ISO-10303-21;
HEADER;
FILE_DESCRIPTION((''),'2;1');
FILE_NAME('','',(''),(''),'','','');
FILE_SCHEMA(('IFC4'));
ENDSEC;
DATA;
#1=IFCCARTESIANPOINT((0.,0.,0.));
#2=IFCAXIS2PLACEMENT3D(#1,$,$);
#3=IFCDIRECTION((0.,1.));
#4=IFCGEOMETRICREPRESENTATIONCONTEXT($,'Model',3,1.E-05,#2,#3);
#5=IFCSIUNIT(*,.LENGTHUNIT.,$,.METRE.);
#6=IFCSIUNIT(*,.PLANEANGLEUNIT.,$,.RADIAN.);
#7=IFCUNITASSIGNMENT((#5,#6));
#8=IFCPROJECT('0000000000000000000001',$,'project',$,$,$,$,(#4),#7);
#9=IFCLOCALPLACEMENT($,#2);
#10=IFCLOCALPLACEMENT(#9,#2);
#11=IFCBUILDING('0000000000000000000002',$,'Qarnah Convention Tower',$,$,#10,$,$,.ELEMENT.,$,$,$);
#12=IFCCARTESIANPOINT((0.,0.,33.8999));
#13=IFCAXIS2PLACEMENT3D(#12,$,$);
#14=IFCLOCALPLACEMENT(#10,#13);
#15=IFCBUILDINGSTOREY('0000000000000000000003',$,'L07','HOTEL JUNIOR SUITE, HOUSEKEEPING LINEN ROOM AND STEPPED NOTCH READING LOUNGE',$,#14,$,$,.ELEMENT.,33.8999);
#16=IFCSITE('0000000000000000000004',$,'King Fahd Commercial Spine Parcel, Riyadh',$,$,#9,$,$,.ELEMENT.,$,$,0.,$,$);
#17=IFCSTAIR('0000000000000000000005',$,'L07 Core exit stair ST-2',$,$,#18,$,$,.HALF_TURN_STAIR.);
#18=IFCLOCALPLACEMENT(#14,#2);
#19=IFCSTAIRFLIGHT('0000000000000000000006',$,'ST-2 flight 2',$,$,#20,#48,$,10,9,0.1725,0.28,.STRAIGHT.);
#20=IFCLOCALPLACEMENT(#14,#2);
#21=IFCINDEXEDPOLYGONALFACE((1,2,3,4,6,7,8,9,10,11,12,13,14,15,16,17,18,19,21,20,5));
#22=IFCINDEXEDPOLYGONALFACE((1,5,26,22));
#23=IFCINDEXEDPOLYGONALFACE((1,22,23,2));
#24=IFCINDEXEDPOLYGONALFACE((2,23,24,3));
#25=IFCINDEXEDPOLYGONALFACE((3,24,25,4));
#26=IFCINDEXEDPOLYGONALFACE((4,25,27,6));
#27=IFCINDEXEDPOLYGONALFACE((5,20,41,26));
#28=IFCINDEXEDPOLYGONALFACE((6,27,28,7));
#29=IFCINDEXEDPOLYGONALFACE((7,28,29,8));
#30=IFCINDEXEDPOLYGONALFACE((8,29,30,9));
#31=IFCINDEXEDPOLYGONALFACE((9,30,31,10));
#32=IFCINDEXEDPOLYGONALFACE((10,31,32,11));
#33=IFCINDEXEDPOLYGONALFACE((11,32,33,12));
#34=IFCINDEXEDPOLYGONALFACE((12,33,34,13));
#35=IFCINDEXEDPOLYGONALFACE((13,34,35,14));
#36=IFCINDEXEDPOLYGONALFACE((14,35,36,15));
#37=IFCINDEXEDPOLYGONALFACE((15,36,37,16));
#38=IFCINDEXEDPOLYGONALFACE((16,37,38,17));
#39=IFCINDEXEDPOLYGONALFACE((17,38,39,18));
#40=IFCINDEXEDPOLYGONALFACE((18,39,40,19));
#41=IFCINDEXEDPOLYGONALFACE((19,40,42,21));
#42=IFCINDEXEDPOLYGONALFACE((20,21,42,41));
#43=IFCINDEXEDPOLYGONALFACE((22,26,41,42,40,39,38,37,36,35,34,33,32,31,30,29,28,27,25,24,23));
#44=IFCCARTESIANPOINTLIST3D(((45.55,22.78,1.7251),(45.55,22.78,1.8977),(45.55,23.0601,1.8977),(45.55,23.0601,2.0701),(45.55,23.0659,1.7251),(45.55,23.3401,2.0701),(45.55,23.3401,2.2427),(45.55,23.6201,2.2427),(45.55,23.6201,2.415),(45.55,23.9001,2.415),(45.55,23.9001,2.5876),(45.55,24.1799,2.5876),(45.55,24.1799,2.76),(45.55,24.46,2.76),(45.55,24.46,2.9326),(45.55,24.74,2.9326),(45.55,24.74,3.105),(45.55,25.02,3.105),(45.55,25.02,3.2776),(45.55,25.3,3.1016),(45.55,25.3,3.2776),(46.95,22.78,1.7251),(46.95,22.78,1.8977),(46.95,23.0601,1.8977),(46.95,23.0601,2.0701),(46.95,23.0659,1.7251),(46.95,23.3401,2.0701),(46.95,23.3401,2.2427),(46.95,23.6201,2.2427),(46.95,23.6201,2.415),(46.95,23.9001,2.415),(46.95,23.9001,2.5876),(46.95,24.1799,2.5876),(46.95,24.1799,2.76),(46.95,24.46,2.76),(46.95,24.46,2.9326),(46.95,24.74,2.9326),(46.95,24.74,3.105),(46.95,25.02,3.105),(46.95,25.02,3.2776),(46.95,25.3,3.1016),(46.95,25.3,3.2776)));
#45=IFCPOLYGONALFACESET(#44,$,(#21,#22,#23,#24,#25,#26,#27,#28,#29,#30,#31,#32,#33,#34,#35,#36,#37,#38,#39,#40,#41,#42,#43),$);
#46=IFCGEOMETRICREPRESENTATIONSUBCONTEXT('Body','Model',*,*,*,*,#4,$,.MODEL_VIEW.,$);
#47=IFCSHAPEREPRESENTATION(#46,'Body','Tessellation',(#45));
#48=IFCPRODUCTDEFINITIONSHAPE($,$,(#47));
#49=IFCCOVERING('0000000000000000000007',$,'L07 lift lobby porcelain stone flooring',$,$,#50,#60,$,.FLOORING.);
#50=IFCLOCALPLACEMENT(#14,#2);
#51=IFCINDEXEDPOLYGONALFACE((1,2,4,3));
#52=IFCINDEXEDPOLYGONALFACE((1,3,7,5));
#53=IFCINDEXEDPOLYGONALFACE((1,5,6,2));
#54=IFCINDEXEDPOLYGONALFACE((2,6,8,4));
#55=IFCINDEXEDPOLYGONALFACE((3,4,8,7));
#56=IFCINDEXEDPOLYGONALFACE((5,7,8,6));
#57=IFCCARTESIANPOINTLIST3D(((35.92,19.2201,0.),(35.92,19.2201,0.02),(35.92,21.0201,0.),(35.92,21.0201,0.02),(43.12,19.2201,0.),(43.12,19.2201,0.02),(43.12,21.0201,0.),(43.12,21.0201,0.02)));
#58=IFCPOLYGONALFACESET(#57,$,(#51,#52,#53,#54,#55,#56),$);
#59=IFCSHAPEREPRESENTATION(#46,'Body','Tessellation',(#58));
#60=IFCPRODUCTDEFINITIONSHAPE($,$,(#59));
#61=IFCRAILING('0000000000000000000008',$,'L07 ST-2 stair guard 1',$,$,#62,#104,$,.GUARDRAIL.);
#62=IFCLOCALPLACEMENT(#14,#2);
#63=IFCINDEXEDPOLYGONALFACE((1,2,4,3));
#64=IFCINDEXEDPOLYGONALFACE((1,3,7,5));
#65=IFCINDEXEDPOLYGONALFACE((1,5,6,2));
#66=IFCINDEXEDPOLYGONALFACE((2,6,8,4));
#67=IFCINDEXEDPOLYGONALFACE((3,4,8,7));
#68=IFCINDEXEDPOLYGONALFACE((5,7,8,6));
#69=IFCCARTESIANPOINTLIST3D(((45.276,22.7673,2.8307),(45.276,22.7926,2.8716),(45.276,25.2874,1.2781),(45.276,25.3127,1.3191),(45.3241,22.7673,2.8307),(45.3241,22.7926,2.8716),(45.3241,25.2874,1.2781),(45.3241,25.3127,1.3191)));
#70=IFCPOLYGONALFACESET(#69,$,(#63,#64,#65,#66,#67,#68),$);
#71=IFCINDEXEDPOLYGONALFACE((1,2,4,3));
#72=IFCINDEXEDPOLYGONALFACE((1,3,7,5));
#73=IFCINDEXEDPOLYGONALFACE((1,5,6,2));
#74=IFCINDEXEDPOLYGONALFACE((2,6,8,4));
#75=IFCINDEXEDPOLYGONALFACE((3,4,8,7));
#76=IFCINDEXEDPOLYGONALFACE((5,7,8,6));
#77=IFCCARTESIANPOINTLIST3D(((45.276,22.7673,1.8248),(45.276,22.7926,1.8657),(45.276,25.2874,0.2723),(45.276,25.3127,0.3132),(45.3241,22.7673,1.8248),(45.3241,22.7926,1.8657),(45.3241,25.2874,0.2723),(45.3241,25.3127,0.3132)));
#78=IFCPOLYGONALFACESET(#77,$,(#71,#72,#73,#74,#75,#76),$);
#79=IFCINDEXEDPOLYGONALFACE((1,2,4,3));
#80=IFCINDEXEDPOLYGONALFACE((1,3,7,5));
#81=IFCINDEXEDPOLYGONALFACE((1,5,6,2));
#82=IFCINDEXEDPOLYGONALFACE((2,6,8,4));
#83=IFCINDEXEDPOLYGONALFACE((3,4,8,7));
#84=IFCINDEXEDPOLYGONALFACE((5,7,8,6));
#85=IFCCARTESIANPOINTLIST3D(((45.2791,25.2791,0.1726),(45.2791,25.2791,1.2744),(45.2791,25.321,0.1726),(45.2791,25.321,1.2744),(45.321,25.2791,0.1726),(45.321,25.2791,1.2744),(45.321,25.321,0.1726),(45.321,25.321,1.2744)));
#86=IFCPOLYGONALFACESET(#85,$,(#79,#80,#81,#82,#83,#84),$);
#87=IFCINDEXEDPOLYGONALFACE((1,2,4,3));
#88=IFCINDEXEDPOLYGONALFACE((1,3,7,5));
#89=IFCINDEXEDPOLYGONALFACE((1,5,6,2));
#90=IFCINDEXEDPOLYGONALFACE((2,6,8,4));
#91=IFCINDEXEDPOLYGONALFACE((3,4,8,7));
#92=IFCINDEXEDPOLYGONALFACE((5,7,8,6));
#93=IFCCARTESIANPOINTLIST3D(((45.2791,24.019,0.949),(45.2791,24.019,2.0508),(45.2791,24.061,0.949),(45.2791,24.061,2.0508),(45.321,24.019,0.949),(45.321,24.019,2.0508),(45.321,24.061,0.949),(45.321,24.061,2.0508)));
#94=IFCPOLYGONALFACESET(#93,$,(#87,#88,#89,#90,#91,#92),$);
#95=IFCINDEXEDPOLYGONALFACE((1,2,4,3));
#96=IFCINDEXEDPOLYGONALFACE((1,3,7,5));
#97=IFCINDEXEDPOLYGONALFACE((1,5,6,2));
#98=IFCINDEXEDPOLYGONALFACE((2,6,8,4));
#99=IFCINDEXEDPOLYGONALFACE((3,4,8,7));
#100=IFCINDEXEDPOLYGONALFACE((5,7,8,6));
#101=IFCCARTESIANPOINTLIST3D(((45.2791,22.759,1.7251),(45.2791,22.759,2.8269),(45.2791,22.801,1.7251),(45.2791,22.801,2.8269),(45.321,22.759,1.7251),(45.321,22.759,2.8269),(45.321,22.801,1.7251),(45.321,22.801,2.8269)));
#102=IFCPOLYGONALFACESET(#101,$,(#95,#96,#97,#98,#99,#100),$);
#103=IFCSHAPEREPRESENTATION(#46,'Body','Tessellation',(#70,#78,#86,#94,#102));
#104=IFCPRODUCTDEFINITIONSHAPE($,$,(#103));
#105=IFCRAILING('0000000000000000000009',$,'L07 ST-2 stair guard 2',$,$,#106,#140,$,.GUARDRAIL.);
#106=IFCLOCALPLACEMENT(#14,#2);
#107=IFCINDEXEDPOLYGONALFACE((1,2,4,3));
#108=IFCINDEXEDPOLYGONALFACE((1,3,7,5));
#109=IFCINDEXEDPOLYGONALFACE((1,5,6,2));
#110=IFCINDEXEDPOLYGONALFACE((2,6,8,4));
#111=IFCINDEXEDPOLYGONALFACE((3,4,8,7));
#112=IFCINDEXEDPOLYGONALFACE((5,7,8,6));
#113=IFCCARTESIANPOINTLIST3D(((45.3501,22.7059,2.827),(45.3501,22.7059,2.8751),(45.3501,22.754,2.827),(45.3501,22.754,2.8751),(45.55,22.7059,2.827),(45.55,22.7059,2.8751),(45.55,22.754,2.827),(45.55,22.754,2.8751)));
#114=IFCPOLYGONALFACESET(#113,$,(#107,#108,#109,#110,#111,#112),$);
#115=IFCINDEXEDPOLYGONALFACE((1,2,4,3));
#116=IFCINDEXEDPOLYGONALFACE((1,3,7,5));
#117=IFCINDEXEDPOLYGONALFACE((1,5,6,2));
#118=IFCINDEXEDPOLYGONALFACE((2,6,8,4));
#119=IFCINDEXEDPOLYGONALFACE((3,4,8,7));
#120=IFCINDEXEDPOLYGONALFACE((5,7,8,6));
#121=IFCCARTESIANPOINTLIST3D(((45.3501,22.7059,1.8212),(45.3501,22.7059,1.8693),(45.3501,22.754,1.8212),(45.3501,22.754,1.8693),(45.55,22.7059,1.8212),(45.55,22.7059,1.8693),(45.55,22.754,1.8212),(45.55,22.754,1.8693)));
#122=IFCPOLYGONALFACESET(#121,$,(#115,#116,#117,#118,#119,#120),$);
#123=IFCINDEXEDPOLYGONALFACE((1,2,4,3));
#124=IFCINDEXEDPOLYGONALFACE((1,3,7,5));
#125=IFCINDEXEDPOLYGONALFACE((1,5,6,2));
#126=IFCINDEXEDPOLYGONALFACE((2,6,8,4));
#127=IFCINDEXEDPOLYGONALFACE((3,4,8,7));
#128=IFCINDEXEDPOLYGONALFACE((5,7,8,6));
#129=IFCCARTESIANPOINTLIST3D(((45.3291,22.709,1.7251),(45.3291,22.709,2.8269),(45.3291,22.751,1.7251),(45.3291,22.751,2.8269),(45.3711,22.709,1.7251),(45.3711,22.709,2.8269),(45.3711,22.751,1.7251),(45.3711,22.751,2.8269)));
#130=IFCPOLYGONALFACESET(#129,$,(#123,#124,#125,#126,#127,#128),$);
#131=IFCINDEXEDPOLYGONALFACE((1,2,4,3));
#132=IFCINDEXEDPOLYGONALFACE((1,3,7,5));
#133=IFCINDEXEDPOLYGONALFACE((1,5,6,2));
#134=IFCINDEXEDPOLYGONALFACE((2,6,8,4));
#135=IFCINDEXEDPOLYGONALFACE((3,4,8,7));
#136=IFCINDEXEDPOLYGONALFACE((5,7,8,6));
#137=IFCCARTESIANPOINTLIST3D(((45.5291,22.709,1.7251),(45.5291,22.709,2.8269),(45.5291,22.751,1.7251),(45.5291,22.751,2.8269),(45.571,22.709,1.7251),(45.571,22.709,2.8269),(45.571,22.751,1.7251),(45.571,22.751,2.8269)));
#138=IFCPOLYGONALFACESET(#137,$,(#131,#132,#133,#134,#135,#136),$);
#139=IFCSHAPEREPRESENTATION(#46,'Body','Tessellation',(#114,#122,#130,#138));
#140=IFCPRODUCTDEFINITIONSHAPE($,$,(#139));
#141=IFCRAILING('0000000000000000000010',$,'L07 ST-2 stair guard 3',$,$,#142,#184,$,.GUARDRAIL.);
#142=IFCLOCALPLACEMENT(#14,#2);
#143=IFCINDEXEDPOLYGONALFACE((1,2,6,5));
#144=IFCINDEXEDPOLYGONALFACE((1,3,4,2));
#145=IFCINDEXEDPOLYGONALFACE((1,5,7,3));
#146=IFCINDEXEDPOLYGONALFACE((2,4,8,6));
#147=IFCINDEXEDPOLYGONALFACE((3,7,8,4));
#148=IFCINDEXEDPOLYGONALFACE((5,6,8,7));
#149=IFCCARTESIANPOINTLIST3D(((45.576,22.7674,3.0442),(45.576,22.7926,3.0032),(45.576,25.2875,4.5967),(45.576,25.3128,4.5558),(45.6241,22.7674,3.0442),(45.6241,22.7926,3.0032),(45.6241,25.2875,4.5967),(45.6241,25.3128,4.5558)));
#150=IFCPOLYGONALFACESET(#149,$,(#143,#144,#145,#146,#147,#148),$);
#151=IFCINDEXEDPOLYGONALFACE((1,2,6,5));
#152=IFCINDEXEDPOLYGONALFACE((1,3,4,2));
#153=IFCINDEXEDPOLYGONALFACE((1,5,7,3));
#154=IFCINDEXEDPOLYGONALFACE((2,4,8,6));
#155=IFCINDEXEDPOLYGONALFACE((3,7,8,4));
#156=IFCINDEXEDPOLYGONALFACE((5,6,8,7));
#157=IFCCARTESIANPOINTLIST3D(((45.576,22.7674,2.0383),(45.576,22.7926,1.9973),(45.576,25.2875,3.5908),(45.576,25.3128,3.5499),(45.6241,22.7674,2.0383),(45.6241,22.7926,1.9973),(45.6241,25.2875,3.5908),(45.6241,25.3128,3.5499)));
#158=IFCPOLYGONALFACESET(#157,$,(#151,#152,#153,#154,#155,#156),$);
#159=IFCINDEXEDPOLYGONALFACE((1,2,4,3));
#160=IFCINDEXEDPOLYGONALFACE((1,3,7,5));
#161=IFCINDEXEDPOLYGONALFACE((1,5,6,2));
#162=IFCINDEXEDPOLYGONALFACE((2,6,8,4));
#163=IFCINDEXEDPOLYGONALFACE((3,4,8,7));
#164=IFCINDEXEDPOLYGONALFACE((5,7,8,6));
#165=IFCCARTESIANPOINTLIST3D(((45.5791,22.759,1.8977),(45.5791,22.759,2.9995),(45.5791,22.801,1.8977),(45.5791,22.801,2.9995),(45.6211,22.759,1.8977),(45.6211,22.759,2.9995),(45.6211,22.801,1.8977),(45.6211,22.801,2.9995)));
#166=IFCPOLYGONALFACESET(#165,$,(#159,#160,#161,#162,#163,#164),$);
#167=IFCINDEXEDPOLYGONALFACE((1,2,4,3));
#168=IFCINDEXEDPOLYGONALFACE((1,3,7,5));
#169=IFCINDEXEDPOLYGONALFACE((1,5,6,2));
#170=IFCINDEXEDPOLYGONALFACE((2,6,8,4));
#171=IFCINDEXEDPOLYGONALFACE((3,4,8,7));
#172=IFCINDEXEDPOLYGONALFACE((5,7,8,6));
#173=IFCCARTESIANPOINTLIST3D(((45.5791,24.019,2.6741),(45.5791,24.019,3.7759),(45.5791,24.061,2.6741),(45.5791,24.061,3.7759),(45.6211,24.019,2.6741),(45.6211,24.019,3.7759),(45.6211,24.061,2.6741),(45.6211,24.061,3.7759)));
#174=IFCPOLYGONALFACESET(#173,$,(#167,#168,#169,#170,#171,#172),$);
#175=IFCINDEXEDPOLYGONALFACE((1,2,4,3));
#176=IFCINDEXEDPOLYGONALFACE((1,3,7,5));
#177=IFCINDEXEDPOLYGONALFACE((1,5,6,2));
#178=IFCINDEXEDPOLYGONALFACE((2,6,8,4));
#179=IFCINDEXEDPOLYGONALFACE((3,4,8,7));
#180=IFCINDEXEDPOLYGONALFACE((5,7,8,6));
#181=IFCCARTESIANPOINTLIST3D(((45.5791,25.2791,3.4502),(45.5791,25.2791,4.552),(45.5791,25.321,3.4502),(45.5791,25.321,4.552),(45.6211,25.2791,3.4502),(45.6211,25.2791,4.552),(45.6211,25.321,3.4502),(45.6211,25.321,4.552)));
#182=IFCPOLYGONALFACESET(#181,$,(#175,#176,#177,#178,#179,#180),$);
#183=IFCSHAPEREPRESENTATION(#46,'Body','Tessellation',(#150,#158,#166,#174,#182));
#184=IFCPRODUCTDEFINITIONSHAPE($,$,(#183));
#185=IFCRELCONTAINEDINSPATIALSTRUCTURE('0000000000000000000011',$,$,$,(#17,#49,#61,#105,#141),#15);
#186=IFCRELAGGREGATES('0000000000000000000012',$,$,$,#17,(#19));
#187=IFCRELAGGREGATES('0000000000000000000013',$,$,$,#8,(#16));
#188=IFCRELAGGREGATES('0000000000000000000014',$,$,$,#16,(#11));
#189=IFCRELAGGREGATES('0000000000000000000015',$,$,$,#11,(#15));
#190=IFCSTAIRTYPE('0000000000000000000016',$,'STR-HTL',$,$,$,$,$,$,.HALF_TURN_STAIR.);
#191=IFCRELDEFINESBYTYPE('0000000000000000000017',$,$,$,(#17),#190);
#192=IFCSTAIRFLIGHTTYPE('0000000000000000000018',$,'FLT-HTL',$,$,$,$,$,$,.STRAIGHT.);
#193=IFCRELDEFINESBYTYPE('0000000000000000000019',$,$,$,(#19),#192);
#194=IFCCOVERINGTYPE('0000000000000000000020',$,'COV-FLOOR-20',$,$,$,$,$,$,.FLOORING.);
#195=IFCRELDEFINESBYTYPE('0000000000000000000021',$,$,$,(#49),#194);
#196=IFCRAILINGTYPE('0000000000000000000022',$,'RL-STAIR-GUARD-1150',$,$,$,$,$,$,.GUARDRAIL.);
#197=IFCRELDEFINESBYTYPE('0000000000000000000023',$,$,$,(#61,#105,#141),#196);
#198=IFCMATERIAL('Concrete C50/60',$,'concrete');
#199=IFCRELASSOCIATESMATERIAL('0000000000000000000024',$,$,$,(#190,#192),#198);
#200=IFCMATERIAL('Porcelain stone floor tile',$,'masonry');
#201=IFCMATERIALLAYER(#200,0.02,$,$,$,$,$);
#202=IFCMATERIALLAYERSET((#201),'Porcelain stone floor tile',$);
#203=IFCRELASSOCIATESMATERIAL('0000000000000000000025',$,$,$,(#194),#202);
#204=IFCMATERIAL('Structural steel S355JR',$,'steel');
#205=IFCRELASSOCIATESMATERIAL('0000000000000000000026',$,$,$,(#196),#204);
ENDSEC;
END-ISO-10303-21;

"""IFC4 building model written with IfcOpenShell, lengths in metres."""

from ifc_helpers import new_model, si_unit, direction, frame, origin, origin_2d, place, context, subcontext, project, spatial, polyline, rectangle, outline, extrude, material, layer, layer_set, type_object, element, aggregate, save


model = new_model("IFC4")

# Units and contexts
model_context = context("Model", 3, precision=1e-05, world=origin(), true_north=direction((0.0, 1.0)))
body_context = subcontext(model_context, "Body", "Model", "MODEL_VIEW")
ifc_project = project(units=[si_unit("LENGTHUNIT", "METRE"), si_unit("PLANEANGLEUNIT", "RADIAN")], contexts=[model_context])

# Site, building, storey
site_placement = place(None, origin())
site = spatial("IfcSite", under=ifc_project, at=site_placement, Name="King Fahd Commercial Spine Parcel, Riyadh", CompositionType="ELEMENT", RefElevation=0.0)
building_placement = place(site_placement, origin())
building = spatial("IfcBuilding", under=site, at=building_placement, Name="Qarnah Convention Tower", CompositionType="ELEMENT")
storey_placement = place(building_placement, frame((0.0, 0.0, 33.8999)))
storey = spatial("IfcBuildingStorey", under=building, at=storey_placement, Name="L07", Description="HOTEL JUNIOR SUITE, HOUSEKEEPING LINEN ROOM AND STEPPED NOTCH READING LOUNGE", CompositionType="ELEMENT", Elevation=33.8999)

# Shared definitions
ifc_material_1 = material(Name="Structural steel S355JR", Category="steel")

# Stair, stair flight
ifc_material_2 = material(Name="Concrete C50/60", Category="concrete")
stair_type = type_object("IfcStairType", Name="STR-HTL", PredefinedType="HALF_TURN_STAIR", material=ifc_material_2)
stair_placement = place(storey_placement, origin())
stair = element("IfcStair", 1, at=stair_placement, inside=storey, type_object=stair_type, Name="L07 Core exit stair ST-2", PredefinedType="HALF_TURN_STAIR")
stair_flight_type = type_object("IfcStairFlightType", Name="FLT-HTL", PredefinedType="STRAIGHT", material=ifc_material_2)
stair_flight_1_placement = place(storey_placement, frame((46.25, 22.78, 1.7251), z_axis=(0.0, 0.0, 1.0), x_axis=(0.0, 1.0, 0.0)))
stair_flight_1 = element("IfcStairFlight", 2, at=stair_flight_1_placement, type_object=stair_flight_type, Name="ST-2 flight 2", NumberOfRisers=10, NumberOfTreads=9, PredefinedType="STRAIGHT", RiserHeight=0.1725, TreadLength=0.28, context=body_context, shape_type="SweptSolid", body=[
    extrude(outline(polyline([(0.0, 0.0), (0.0, 0.1726), (0.28, 0.1726), (0.28, 0.345), (0.5601, 0.345), (0.5601, 0.5176), (0.8401, 0.5176), (0.8401, 0.6899), (1.1201, 0.6899), (1.1201, 0.8625), (1.3999, 0.8625), (1.3999, 1.0349), (1.6799, 1.0349), (1.6799, 1.2075), (1.96, 1.2075), (1.96, 1.3799), (2.24, 1.3799), (2.24, 1.5525), (2.52, 1.5525), (2.52, 1.7251), (2.52, 1.3765), (0.2859, 0.0), (0.0, 0.0)])), frame((0.0, 0.7, 0.0), z_axis=(0.0, -1.0, 0.0), x_axis=(1.0, 0.0, 0.0)), (0.0, 0.0, 1.0), 1.3999),
])
aggregate(stair, [stair_flight_1])

# Covering
ifc_material_3 = material(Name="Porcelain stone floor tile", Category="masonry")
ifc_layer_1 = layer(ifc_material_3, 0.02)
ifc_layer_set_1 = layer_set([ifc_layer_1], Name="Porcelain stone floor tile")
covering_type = type_object("IfcCoveringType", Name="COV-FLOOR-20", PredefinedType="FLOORING", material=ifc_layer_set_1)
covering_placement = place(storey_placement, frame((39.52, 20.1201, 0.0), z_axis=(0.0, 0.0, 1.0), x_axis=(1.0, 0.0, 0.0)))
element("IfcCovering", 3, at=covering_placement, inside=storey, type_object=covering_type, Name="L07 lift lobby porcelain stone flooring", PredefinedType="FLOORING", context=body_context, shape_type="SweptSolid", body=[
    extrude(rectangle(XDim=7.2, YDim=1.8, at=origin_2d()), origin(), (0.0, 0.0, 1.0), 0.02),
])

# Railings
railing_type_1 = type_object("IfcRailingType", Name="RL-STAIR-GUARD-1150", PredefinedType="GUARDRAIL", material=ifc_material_1)
railing_1_placement = place(storey_placement, frame((45.3, 25.3, 0.1726)))
element("IfcRailing", 4, at=railing_1_placement, inside=storey, type_object=railing_type_1, Name="L07 ST-2 stair guard 1", PredefinedType="GUARDRAIL", context=body_context, shape_type="SweptSolid", body=[
    extrude(rectangle(XDim=0.0481, YDim=0.0481, at=origin_2d()), frame((0.0, 0.0, 1.126), z_axis=(0.0, -0.8514, 0.524516), x_axis=(1.0, 0.0, 0.0)), (0.0, 0.0, 1.0), 2.96),
    extrude(rectangle(XDim=0.0481, YDim=0.0481, at=origin_2d()), frame((0.0, 0.0, 0.1201), z_axis=(0.0, -0.8514, 0.524516), x_axis=(1.0, 0.0, 0.0)), (0.0, 0.0, 1.0), 2.96),
    extrude(rectangle(XDim=0.042, YDim=0.042, at=origin_2d()), origin(), (0.0, 0.0, 1.0), 1.1018),
    extrude(rectangle(XDim=0.042, YDim=0.042, at=origin_2d()), frame((0.0, -1.26, 0.7764)), (0.0, 0.0, 1.0), 1.1018),
    extrude(rectangle(XDim=0.042, YDim=0.042, at=origin_2d()), frame((0.0, -2.52, 1.5525)), (0.0, 0.0, 1.0), 1.1018),
])
railing_2_placement = place(storey_placement, frame((45.3501, 22.73, 1.7251)))
element("IfcRailing", 5, at=railing_2_placement, inside=storey, type_object=railing_type_1, Name="L07 ST-2 stair guard 2", PredefinedType="GUARDRAIL", context=body_context, shape_type="SweptSolid", body=[
    extrude(rectangle(XDim=0.0481, YDim=0.0481, at=origin_2d()), frame((0.0, 0.0, 1.126), z_axis=(1.0, 0.0, 0.0), x_axis=(0.0, 1.0, 0.0)), (0.0, 0.0, 1.0), 0.2),
    extrude(rectangle(XDim=0.0481, YDim=0.0481, at=origin_2d()), frame((0.0, 0.0, 0.1201), z_axis=(1.0, 0.0, 0.0), x_axis=(0.0, 1.0, 0.0)), (0.0, 0.0, 1.0), 0.2),
    extrude(rectangle(XDim=0.042, YDim=0.042, at=origin_2d()), origin(), (0.0, 0.0, 1.0), 1.1018),
    extrude(rectangle(XDim=0.042, YDim=0.042, at=origin_2d()), frame((0.2, 0.0, 0.0)), (0.0, 0.0, 1.0), 1.1018),
])
railing_3_placement = place(storey_placement, frame((45.6001, 22.78, 1.8977)))
element("IfcRailing", 6, at=railing_3_placement, inside=storey, type_object=railing_type_1, Name="L07 ST-2 stair guard 3", PredefinedType="GUARDRAIL", context=body_context, shape_type="SweptSolid", body=[
    extrude(rectangle(XDim=0.0481, YDim=0.0481, at=origin_2d()), frame((0.0, 0.0, 1.126), z_axis=(0.0, 0.8514, 0.524516), x_axis=(-1.0, 0.0, 0.0)), (0.0, 0.0, 1.0), 2.96),
    extrude(rectangle(XDim=0.0481, YDim=0.0481, at=origin_2d()), frame((0.0, 0.0, 0.1201), z_axis=(0.0, 0.8514, 0.524516), x_axis=(-1.0, 0.0, 0.0)), (0.0, 0.0, 1.0), 2.96),
    extrude(rectangle(XDim=0.042, YDim=0.042, at=origin_2d()), origin(), (0.0, 0.0, 1.0), 1.1018),
    extrude(rectangle(XDim=0.042, YDim=0.042, at=origin_2d()), frame((0.0, 1.26, 0.7764)), (0.0, 0.0, 1.0), 1.1018),
    extrude(rectangle(XDim=0.042, YDim=0.042, at=origin_2d()), frame((0.0, 2.52, 1.5525)), (0.0, 0.0, 1.0), 1.1018),
])

save(model, "model.ifc")
